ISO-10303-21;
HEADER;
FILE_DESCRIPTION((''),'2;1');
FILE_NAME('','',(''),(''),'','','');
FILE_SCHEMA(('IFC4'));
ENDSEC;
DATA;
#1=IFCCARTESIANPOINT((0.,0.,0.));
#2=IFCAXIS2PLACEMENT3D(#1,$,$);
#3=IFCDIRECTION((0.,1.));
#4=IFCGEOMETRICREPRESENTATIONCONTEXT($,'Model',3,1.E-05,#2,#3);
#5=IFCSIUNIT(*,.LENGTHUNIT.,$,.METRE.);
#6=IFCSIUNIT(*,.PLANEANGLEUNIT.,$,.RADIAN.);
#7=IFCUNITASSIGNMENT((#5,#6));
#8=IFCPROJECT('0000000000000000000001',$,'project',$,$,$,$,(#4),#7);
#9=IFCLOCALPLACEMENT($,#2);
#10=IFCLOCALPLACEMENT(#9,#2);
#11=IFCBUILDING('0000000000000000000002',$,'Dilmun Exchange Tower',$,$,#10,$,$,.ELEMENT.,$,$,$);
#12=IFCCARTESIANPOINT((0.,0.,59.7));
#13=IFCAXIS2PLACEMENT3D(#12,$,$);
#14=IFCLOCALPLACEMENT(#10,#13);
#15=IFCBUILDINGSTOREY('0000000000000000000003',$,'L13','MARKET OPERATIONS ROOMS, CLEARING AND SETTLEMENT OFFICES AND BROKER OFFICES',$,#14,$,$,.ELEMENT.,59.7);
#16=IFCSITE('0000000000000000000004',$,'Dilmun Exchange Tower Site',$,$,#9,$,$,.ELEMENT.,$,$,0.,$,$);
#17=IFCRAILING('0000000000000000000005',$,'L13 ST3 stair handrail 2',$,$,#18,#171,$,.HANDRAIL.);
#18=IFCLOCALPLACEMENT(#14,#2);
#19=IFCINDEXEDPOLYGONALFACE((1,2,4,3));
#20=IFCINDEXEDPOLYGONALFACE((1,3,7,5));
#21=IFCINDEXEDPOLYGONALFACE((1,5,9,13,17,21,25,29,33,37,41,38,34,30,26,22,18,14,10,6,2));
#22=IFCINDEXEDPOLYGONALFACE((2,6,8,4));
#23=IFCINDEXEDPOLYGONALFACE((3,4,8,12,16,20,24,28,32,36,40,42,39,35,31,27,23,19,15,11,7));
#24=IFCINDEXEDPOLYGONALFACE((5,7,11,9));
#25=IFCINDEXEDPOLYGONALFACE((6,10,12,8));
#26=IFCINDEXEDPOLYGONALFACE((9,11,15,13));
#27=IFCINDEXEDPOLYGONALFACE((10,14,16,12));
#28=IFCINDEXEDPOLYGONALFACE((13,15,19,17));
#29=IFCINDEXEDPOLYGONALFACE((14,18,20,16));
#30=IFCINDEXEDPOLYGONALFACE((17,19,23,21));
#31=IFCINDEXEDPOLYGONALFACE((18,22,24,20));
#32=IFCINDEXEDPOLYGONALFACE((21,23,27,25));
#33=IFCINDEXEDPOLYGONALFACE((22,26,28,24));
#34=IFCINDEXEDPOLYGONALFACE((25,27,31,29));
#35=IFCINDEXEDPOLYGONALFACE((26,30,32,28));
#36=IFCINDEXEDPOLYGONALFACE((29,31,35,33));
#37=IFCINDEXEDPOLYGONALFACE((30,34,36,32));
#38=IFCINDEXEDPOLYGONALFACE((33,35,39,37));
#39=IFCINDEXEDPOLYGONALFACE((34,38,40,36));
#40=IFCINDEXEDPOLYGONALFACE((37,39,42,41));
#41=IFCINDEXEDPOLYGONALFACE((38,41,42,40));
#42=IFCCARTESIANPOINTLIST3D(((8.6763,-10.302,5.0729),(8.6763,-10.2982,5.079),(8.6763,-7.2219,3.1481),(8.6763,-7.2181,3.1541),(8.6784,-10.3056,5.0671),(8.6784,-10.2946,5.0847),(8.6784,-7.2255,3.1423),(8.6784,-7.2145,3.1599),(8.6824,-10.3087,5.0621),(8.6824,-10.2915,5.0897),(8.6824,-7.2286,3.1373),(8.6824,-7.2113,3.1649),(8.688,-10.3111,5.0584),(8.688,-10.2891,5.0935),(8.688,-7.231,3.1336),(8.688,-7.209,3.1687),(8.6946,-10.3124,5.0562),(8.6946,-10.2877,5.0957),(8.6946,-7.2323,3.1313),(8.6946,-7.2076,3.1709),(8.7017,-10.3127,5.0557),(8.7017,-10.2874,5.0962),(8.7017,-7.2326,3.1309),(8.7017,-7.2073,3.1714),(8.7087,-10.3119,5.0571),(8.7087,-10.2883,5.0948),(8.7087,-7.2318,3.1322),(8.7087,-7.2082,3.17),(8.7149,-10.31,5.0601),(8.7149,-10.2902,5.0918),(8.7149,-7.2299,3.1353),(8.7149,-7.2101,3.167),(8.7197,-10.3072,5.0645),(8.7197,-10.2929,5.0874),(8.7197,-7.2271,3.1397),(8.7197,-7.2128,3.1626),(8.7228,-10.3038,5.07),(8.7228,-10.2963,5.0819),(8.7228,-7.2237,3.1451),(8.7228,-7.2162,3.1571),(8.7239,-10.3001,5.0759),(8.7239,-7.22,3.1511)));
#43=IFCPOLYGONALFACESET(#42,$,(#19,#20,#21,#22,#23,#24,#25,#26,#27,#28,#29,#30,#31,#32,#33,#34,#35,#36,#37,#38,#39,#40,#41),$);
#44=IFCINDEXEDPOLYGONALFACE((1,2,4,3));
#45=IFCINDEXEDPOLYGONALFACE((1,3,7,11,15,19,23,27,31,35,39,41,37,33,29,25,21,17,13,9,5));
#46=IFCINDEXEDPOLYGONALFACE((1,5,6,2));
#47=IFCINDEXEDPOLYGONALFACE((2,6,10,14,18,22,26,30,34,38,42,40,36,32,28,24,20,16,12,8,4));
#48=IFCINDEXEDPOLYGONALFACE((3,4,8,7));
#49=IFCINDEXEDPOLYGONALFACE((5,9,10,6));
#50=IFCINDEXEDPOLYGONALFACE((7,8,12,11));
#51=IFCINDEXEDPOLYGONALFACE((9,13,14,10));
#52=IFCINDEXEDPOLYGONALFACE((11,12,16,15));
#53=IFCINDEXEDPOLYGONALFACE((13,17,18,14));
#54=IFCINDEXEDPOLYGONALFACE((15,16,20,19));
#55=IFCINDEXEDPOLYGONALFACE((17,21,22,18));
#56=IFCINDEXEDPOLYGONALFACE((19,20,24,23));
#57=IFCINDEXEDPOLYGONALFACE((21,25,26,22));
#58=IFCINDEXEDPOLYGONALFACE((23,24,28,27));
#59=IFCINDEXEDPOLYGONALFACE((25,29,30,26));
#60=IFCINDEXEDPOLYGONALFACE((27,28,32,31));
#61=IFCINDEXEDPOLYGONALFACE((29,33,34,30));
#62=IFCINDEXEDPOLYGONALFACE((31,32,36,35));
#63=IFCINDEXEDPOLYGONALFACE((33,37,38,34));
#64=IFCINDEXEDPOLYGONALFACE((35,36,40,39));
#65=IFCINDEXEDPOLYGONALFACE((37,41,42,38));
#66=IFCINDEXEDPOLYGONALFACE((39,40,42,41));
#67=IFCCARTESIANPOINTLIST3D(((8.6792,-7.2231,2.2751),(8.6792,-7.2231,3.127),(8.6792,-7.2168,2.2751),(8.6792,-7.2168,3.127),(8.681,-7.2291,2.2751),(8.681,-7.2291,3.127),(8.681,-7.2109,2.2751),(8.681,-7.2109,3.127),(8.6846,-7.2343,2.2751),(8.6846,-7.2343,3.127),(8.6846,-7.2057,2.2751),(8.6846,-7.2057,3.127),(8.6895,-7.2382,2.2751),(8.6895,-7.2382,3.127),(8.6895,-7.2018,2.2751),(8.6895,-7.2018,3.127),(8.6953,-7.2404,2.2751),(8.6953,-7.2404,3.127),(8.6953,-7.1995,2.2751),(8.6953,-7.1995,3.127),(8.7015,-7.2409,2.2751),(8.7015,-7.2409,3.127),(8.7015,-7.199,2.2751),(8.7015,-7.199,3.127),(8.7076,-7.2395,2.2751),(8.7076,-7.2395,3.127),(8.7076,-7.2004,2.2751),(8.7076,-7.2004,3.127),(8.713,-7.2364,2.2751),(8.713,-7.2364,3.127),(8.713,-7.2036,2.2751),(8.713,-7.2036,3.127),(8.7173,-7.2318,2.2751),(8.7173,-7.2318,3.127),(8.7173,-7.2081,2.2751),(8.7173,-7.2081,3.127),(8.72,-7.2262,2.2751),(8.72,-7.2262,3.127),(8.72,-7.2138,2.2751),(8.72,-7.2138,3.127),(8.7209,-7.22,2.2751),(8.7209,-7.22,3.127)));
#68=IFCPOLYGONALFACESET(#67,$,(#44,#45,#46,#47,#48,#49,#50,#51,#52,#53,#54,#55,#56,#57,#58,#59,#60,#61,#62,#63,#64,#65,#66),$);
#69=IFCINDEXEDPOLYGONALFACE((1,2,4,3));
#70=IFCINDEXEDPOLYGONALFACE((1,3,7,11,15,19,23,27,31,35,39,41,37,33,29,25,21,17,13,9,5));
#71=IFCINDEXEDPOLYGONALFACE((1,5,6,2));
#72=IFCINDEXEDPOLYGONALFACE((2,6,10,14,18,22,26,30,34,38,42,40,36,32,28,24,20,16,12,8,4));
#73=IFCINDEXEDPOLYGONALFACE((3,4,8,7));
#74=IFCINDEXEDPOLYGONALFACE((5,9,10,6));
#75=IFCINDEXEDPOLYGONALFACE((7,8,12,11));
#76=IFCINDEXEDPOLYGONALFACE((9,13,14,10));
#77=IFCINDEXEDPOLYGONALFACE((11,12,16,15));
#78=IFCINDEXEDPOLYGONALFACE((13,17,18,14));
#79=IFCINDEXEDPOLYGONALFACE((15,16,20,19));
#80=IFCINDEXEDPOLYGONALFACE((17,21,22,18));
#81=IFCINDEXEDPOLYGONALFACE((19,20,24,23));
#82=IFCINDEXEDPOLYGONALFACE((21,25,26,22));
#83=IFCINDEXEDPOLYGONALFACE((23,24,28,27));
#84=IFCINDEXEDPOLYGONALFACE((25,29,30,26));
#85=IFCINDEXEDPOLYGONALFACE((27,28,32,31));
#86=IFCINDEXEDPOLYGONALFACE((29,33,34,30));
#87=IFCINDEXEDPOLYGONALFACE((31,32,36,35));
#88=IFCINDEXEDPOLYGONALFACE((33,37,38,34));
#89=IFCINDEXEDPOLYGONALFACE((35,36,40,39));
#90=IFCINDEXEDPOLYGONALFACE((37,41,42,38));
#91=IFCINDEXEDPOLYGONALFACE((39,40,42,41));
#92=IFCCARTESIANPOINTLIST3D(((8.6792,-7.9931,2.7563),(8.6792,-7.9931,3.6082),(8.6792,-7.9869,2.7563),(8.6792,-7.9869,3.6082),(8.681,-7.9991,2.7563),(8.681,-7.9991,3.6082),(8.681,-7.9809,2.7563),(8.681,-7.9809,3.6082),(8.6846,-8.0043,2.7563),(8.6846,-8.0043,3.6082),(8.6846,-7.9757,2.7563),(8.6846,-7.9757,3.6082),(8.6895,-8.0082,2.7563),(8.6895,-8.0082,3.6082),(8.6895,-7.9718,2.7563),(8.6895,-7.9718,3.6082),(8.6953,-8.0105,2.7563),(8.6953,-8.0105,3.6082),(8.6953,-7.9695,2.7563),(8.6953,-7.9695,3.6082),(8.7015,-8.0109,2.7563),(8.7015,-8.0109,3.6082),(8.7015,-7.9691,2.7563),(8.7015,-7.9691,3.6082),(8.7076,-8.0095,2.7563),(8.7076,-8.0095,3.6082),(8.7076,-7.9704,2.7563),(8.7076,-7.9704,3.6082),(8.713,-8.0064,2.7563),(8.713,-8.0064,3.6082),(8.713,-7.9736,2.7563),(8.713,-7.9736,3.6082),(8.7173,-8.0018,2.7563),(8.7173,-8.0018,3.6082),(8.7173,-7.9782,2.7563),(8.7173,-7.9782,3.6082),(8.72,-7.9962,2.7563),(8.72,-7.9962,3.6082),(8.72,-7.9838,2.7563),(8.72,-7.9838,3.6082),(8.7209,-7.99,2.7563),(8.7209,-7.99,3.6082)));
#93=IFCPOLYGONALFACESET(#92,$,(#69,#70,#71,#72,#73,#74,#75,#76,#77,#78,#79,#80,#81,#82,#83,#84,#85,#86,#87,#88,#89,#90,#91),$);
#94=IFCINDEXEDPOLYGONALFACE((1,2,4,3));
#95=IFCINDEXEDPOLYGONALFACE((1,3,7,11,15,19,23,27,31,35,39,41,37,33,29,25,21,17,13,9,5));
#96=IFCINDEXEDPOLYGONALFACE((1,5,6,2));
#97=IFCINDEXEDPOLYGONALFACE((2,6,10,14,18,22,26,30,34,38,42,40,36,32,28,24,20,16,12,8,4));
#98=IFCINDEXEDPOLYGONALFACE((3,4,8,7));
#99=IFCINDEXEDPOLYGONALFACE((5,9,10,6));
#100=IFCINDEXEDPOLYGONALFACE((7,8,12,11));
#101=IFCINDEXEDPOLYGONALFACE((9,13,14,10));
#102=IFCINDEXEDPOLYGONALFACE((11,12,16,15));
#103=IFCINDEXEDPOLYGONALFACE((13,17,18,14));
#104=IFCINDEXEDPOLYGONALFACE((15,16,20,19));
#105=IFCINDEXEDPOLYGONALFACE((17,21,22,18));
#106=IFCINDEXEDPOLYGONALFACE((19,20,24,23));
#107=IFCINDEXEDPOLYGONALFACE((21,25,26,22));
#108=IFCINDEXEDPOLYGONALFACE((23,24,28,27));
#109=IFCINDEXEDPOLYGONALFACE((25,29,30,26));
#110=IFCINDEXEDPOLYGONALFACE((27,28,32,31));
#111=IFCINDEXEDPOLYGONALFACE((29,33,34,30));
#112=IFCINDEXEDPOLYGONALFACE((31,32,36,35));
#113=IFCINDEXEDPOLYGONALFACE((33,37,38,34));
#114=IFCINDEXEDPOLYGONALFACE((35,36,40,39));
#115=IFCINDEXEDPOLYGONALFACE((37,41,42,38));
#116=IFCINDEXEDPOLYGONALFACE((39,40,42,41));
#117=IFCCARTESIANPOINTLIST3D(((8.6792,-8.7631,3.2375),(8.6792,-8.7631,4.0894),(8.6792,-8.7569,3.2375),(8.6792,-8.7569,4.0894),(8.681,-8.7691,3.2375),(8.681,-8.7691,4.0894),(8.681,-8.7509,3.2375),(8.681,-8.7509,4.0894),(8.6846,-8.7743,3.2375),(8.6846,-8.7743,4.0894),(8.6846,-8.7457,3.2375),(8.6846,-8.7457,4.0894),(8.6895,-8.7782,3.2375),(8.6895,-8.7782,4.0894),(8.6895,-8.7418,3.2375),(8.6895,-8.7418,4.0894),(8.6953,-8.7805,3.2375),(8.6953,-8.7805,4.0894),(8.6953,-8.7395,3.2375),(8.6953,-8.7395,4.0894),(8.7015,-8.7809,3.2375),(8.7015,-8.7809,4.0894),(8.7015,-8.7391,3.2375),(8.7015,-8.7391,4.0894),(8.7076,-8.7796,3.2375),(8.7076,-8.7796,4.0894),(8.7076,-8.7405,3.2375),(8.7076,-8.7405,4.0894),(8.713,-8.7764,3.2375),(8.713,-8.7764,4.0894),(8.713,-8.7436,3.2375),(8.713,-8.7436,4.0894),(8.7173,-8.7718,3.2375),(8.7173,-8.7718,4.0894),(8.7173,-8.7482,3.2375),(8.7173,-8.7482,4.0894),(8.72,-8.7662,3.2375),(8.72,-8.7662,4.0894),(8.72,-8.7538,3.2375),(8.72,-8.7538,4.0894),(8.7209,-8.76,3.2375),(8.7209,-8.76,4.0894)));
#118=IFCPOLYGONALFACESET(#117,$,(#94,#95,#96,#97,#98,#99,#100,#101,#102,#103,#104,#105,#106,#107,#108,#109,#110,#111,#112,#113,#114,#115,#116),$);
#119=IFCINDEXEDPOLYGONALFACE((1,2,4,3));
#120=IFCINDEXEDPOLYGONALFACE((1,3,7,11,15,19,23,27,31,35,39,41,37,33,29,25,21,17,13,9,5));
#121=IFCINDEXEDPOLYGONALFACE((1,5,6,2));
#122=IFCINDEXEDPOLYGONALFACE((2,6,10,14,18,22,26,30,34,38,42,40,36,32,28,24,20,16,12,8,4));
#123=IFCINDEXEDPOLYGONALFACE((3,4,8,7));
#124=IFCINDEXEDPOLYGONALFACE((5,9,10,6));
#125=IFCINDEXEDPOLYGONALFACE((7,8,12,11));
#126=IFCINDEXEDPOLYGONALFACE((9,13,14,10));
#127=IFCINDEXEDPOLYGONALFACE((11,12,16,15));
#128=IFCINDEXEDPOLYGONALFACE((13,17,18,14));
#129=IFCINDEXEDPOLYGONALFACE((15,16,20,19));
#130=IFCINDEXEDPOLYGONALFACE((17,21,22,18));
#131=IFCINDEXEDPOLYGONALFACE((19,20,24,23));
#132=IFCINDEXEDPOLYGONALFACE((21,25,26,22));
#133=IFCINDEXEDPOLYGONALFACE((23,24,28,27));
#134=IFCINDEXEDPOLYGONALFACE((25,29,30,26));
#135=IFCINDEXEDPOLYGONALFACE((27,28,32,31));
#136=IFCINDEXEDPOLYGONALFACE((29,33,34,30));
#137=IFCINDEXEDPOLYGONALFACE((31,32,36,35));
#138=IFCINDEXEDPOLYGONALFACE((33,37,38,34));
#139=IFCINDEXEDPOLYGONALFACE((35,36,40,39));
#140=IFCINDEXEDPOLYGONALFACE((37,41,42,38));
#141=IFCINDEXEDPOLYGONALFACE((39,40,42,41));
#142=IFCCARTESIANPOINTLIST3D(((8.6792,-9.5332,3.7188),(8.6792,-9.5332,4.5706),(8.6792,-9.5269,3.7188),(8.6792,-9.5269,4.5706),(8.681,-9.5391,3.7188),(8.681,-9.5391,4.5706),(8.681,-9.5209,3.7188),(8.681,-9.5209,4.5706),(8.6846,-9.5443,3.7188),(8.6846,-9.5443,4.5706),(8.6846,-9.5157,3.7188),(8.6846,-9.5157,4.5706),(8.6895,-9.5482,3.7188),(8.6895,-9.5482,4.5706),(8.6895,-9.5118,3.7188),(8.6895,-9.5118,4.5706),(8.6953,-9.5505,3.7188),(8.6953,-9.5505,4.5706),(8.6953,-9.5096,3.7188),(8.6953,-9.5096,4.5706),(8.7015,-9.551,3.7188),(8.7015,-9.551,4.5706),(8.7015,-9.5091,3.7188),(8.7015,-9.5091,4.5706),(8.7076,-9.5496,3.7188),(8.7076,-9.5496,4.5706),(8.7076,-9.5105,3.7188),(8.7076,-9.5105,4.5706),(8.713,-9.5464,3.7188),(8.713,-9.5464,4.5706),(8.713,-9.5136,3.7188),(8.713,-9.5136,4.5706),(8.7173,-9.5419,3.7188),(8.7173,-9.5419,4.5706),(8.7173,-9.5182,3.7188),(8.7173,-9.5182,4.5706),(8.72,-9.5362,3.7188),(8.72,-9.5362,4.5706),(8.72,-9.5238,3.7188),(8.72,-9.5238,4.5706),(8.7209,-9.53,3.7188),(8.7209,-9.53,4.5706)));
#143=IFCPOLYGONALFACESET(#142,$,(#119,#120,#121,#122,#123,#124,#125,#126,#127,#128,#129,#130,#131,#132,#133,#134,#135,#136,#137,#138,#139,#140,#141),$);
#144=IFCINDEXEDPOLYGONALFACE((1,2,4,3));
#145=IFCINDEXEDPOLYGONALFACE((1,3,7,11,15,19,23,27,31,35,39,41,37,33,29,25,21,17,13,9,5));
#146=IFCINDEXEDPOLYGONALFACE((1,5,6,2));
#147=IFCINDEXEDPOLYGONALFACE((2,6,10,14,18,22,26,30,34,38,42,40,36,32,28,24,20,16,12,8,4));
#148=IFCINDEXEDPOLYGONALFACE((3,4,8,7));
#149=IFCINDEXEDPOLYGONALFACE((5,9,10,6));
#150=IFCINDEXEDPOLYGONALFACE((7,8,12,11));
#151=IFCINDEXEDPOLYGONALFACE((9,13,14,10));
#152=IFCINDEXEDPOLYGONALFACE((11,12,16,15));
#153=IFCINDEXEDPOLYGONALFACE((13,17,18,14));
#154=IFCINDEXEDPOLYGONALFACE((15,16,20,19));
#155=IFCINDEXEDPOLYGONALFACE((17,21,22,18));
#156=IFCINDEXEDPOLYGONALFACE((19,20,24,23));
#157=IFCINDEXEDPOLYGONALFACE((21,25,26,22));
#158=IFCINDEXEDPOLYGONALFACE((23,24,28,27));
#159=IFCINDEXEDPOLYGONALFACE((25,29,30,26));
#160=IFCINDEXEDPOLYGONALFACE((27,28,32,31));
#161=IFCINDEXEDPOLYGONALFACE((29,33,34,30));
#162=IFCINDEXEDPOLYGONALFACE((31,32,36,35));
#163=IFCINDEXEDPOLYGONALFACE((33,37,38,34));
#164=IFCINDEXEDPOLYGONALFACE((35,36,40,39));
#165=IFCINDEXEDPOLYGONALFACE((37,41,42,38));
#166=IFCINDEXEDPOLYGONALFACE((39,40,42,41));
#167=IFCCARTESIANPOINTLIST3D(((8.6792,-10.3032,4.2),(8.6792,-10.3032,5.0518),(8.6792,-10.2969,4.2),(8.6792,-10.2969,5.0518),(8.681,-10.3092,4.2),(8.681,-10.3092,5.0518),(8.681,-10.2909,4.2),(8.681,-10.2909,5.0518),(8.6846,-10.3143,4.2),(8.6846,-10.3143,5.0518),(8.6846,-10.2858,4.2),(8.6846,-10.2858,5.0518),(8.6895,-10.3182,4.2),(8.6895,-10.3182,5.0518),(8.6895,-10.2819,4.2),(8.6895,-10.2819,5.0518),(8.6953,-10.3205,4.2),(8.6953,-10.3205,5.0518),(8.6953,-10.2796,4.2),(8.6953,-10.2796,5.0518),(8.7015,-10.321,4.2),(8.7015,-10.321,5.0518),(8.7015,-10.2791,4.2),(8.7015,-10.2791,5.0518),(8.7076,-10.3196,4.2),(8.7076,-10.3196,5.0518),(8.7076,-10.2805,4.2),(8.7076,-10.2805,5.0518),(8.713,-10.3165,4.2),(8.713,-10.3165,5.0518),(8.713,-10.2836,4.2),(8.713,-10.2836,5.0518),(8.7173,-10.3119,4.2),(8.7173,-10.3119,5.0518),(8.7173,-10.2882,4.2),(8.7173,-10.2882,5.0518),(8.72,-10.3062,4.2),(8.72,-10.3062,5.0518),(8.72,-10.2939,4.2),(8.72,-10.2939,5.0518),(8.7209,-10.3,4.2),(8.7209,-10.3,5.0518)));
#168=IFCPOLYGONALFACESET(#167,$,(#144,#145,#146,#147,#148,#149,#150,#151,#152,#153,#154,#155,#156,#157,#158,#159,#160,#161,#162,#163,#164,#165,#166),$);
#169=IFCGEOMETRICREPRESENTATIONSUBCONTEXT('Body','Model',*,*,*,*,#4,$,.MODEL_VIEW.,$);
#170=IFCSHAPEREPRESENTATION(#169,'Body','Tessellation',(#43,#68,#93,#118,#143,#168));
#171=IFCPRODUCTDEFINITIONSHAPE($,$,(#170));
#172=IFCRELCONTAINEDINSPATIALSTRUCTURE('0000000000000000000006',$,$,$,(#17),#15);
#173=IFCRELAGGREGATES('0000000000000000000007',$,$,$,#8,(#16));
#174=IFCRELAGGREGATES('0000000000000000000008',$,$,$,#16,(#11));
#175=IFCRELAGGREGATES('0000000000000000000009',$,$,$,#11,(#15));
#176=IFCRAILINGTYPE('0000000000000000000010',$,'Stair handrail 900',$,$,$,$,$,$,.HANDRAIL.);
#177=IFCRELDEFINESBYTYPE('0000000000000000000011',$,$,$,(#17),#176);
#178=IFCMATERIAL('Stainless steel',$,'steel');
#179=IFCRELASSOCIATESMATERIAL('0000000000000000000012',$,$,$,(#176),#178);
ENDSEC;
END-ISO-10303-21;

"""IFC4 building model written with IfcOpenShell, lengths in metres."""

from ifc_helpers import new_model, si_unit, direction, frame, origin, origin_2d, place, context, subcontext, project, spatial, circle, extrude, material, type_object, element, save


model = new_model("IFC4")

# Units and contexts
model_context = context("Model", 3, precision=1e-05, world=origin(), true_north=direction((0.0, 1.0)))
body_context = subcontext(model_context, "Body", "Model", "MODEL_VIEW")
ifc_project = project(units=[si_unit("LENGTHUNIT", "METRE"), si_unit("PLANEANGLEUNIT", "RADIAN")], contexts=[model_context])

# Site, building, storey
site_placement = place(None, origin())
site = spatial("IfcSite", under=ifc_project, at=site_placement, Name="Dilmun Exchange Tower Site", CompositionType="ELEMENT", RefElevation=0.0)
building_placement = place(site_placement, origin())
building = spatial("IfcBuilding", under=site, at=building_placement, Name="Dilmun Exchange Tower", CompositionType="ELEMENT")
storey_placement = place(building_placement, frame((0.0, 0.0, 59.7)))
storey = spatial("IfcBuildingStorey", under=building, at=storey_placement, Name="L13", Description="MARKET OPERATIONS ROOMS, CLEARING AND SETTLEMENT OFFICES AND BROKER OFFICES", CompositionType="ELEMENT", Elevation=59.7)

# Railing
ifc_material_1 = material(Name="Stainless steel", Category="steel")
railing_type = type_object("IfcRailingType", Name="Stair handrail 900", PredefinedType="HANDRAIL", material=ifc_material_1)
railing_placement = place(storey_placement, frame((8.7, -7.22, 2.2751)))
element("IfcRailing", 1, at=railing_placement, inside=storey, type_object=railing_type, Name="L13 ST3 stair handrail 2", PredefinedType="HANDRAIL", context=body_context, shape_type="SweptSolid", body=[
    extrude(circle(Radius=0.0239, at=origin_2d()), frame((0.0, 0.0, 0.876), z_axis=(0.0, -0.848029, 0.529951), x_axis=(1.0, 0.0, 0.0)), (0.0, 0.0, 1.0), 3.6321),
    extrude(circle(Radius=0.021, at=origin_2d()), origin(), (0.0, 0.0, 1.0), 0.8518),
    extrude(circle(Radius=0.021, at=origin_2d()), frame((0.0, -0.77, 0.4812)), (0.0, 0.0, 1.0), 0.8518),
    extrude(circle(Radius=0.021, at=origin_2d()), frame((0.0, -1.54, 0.9624)), (0.0, 0.0, 1.0), 0.8518),
    extrude(circle(Radius=0.021, at=origin_2d()), frame((0.0, -2.3101, 1.4436)), (0.0, 0.0, 1.0), 0.8518),
    extrude(circle(Radius=0.021, at=origin_2d()), frame((0.0, -3.0801, 1.9248)), (0.0, 0.0, 1.0), 0.8518),
])

save(model, "model.ifc")
